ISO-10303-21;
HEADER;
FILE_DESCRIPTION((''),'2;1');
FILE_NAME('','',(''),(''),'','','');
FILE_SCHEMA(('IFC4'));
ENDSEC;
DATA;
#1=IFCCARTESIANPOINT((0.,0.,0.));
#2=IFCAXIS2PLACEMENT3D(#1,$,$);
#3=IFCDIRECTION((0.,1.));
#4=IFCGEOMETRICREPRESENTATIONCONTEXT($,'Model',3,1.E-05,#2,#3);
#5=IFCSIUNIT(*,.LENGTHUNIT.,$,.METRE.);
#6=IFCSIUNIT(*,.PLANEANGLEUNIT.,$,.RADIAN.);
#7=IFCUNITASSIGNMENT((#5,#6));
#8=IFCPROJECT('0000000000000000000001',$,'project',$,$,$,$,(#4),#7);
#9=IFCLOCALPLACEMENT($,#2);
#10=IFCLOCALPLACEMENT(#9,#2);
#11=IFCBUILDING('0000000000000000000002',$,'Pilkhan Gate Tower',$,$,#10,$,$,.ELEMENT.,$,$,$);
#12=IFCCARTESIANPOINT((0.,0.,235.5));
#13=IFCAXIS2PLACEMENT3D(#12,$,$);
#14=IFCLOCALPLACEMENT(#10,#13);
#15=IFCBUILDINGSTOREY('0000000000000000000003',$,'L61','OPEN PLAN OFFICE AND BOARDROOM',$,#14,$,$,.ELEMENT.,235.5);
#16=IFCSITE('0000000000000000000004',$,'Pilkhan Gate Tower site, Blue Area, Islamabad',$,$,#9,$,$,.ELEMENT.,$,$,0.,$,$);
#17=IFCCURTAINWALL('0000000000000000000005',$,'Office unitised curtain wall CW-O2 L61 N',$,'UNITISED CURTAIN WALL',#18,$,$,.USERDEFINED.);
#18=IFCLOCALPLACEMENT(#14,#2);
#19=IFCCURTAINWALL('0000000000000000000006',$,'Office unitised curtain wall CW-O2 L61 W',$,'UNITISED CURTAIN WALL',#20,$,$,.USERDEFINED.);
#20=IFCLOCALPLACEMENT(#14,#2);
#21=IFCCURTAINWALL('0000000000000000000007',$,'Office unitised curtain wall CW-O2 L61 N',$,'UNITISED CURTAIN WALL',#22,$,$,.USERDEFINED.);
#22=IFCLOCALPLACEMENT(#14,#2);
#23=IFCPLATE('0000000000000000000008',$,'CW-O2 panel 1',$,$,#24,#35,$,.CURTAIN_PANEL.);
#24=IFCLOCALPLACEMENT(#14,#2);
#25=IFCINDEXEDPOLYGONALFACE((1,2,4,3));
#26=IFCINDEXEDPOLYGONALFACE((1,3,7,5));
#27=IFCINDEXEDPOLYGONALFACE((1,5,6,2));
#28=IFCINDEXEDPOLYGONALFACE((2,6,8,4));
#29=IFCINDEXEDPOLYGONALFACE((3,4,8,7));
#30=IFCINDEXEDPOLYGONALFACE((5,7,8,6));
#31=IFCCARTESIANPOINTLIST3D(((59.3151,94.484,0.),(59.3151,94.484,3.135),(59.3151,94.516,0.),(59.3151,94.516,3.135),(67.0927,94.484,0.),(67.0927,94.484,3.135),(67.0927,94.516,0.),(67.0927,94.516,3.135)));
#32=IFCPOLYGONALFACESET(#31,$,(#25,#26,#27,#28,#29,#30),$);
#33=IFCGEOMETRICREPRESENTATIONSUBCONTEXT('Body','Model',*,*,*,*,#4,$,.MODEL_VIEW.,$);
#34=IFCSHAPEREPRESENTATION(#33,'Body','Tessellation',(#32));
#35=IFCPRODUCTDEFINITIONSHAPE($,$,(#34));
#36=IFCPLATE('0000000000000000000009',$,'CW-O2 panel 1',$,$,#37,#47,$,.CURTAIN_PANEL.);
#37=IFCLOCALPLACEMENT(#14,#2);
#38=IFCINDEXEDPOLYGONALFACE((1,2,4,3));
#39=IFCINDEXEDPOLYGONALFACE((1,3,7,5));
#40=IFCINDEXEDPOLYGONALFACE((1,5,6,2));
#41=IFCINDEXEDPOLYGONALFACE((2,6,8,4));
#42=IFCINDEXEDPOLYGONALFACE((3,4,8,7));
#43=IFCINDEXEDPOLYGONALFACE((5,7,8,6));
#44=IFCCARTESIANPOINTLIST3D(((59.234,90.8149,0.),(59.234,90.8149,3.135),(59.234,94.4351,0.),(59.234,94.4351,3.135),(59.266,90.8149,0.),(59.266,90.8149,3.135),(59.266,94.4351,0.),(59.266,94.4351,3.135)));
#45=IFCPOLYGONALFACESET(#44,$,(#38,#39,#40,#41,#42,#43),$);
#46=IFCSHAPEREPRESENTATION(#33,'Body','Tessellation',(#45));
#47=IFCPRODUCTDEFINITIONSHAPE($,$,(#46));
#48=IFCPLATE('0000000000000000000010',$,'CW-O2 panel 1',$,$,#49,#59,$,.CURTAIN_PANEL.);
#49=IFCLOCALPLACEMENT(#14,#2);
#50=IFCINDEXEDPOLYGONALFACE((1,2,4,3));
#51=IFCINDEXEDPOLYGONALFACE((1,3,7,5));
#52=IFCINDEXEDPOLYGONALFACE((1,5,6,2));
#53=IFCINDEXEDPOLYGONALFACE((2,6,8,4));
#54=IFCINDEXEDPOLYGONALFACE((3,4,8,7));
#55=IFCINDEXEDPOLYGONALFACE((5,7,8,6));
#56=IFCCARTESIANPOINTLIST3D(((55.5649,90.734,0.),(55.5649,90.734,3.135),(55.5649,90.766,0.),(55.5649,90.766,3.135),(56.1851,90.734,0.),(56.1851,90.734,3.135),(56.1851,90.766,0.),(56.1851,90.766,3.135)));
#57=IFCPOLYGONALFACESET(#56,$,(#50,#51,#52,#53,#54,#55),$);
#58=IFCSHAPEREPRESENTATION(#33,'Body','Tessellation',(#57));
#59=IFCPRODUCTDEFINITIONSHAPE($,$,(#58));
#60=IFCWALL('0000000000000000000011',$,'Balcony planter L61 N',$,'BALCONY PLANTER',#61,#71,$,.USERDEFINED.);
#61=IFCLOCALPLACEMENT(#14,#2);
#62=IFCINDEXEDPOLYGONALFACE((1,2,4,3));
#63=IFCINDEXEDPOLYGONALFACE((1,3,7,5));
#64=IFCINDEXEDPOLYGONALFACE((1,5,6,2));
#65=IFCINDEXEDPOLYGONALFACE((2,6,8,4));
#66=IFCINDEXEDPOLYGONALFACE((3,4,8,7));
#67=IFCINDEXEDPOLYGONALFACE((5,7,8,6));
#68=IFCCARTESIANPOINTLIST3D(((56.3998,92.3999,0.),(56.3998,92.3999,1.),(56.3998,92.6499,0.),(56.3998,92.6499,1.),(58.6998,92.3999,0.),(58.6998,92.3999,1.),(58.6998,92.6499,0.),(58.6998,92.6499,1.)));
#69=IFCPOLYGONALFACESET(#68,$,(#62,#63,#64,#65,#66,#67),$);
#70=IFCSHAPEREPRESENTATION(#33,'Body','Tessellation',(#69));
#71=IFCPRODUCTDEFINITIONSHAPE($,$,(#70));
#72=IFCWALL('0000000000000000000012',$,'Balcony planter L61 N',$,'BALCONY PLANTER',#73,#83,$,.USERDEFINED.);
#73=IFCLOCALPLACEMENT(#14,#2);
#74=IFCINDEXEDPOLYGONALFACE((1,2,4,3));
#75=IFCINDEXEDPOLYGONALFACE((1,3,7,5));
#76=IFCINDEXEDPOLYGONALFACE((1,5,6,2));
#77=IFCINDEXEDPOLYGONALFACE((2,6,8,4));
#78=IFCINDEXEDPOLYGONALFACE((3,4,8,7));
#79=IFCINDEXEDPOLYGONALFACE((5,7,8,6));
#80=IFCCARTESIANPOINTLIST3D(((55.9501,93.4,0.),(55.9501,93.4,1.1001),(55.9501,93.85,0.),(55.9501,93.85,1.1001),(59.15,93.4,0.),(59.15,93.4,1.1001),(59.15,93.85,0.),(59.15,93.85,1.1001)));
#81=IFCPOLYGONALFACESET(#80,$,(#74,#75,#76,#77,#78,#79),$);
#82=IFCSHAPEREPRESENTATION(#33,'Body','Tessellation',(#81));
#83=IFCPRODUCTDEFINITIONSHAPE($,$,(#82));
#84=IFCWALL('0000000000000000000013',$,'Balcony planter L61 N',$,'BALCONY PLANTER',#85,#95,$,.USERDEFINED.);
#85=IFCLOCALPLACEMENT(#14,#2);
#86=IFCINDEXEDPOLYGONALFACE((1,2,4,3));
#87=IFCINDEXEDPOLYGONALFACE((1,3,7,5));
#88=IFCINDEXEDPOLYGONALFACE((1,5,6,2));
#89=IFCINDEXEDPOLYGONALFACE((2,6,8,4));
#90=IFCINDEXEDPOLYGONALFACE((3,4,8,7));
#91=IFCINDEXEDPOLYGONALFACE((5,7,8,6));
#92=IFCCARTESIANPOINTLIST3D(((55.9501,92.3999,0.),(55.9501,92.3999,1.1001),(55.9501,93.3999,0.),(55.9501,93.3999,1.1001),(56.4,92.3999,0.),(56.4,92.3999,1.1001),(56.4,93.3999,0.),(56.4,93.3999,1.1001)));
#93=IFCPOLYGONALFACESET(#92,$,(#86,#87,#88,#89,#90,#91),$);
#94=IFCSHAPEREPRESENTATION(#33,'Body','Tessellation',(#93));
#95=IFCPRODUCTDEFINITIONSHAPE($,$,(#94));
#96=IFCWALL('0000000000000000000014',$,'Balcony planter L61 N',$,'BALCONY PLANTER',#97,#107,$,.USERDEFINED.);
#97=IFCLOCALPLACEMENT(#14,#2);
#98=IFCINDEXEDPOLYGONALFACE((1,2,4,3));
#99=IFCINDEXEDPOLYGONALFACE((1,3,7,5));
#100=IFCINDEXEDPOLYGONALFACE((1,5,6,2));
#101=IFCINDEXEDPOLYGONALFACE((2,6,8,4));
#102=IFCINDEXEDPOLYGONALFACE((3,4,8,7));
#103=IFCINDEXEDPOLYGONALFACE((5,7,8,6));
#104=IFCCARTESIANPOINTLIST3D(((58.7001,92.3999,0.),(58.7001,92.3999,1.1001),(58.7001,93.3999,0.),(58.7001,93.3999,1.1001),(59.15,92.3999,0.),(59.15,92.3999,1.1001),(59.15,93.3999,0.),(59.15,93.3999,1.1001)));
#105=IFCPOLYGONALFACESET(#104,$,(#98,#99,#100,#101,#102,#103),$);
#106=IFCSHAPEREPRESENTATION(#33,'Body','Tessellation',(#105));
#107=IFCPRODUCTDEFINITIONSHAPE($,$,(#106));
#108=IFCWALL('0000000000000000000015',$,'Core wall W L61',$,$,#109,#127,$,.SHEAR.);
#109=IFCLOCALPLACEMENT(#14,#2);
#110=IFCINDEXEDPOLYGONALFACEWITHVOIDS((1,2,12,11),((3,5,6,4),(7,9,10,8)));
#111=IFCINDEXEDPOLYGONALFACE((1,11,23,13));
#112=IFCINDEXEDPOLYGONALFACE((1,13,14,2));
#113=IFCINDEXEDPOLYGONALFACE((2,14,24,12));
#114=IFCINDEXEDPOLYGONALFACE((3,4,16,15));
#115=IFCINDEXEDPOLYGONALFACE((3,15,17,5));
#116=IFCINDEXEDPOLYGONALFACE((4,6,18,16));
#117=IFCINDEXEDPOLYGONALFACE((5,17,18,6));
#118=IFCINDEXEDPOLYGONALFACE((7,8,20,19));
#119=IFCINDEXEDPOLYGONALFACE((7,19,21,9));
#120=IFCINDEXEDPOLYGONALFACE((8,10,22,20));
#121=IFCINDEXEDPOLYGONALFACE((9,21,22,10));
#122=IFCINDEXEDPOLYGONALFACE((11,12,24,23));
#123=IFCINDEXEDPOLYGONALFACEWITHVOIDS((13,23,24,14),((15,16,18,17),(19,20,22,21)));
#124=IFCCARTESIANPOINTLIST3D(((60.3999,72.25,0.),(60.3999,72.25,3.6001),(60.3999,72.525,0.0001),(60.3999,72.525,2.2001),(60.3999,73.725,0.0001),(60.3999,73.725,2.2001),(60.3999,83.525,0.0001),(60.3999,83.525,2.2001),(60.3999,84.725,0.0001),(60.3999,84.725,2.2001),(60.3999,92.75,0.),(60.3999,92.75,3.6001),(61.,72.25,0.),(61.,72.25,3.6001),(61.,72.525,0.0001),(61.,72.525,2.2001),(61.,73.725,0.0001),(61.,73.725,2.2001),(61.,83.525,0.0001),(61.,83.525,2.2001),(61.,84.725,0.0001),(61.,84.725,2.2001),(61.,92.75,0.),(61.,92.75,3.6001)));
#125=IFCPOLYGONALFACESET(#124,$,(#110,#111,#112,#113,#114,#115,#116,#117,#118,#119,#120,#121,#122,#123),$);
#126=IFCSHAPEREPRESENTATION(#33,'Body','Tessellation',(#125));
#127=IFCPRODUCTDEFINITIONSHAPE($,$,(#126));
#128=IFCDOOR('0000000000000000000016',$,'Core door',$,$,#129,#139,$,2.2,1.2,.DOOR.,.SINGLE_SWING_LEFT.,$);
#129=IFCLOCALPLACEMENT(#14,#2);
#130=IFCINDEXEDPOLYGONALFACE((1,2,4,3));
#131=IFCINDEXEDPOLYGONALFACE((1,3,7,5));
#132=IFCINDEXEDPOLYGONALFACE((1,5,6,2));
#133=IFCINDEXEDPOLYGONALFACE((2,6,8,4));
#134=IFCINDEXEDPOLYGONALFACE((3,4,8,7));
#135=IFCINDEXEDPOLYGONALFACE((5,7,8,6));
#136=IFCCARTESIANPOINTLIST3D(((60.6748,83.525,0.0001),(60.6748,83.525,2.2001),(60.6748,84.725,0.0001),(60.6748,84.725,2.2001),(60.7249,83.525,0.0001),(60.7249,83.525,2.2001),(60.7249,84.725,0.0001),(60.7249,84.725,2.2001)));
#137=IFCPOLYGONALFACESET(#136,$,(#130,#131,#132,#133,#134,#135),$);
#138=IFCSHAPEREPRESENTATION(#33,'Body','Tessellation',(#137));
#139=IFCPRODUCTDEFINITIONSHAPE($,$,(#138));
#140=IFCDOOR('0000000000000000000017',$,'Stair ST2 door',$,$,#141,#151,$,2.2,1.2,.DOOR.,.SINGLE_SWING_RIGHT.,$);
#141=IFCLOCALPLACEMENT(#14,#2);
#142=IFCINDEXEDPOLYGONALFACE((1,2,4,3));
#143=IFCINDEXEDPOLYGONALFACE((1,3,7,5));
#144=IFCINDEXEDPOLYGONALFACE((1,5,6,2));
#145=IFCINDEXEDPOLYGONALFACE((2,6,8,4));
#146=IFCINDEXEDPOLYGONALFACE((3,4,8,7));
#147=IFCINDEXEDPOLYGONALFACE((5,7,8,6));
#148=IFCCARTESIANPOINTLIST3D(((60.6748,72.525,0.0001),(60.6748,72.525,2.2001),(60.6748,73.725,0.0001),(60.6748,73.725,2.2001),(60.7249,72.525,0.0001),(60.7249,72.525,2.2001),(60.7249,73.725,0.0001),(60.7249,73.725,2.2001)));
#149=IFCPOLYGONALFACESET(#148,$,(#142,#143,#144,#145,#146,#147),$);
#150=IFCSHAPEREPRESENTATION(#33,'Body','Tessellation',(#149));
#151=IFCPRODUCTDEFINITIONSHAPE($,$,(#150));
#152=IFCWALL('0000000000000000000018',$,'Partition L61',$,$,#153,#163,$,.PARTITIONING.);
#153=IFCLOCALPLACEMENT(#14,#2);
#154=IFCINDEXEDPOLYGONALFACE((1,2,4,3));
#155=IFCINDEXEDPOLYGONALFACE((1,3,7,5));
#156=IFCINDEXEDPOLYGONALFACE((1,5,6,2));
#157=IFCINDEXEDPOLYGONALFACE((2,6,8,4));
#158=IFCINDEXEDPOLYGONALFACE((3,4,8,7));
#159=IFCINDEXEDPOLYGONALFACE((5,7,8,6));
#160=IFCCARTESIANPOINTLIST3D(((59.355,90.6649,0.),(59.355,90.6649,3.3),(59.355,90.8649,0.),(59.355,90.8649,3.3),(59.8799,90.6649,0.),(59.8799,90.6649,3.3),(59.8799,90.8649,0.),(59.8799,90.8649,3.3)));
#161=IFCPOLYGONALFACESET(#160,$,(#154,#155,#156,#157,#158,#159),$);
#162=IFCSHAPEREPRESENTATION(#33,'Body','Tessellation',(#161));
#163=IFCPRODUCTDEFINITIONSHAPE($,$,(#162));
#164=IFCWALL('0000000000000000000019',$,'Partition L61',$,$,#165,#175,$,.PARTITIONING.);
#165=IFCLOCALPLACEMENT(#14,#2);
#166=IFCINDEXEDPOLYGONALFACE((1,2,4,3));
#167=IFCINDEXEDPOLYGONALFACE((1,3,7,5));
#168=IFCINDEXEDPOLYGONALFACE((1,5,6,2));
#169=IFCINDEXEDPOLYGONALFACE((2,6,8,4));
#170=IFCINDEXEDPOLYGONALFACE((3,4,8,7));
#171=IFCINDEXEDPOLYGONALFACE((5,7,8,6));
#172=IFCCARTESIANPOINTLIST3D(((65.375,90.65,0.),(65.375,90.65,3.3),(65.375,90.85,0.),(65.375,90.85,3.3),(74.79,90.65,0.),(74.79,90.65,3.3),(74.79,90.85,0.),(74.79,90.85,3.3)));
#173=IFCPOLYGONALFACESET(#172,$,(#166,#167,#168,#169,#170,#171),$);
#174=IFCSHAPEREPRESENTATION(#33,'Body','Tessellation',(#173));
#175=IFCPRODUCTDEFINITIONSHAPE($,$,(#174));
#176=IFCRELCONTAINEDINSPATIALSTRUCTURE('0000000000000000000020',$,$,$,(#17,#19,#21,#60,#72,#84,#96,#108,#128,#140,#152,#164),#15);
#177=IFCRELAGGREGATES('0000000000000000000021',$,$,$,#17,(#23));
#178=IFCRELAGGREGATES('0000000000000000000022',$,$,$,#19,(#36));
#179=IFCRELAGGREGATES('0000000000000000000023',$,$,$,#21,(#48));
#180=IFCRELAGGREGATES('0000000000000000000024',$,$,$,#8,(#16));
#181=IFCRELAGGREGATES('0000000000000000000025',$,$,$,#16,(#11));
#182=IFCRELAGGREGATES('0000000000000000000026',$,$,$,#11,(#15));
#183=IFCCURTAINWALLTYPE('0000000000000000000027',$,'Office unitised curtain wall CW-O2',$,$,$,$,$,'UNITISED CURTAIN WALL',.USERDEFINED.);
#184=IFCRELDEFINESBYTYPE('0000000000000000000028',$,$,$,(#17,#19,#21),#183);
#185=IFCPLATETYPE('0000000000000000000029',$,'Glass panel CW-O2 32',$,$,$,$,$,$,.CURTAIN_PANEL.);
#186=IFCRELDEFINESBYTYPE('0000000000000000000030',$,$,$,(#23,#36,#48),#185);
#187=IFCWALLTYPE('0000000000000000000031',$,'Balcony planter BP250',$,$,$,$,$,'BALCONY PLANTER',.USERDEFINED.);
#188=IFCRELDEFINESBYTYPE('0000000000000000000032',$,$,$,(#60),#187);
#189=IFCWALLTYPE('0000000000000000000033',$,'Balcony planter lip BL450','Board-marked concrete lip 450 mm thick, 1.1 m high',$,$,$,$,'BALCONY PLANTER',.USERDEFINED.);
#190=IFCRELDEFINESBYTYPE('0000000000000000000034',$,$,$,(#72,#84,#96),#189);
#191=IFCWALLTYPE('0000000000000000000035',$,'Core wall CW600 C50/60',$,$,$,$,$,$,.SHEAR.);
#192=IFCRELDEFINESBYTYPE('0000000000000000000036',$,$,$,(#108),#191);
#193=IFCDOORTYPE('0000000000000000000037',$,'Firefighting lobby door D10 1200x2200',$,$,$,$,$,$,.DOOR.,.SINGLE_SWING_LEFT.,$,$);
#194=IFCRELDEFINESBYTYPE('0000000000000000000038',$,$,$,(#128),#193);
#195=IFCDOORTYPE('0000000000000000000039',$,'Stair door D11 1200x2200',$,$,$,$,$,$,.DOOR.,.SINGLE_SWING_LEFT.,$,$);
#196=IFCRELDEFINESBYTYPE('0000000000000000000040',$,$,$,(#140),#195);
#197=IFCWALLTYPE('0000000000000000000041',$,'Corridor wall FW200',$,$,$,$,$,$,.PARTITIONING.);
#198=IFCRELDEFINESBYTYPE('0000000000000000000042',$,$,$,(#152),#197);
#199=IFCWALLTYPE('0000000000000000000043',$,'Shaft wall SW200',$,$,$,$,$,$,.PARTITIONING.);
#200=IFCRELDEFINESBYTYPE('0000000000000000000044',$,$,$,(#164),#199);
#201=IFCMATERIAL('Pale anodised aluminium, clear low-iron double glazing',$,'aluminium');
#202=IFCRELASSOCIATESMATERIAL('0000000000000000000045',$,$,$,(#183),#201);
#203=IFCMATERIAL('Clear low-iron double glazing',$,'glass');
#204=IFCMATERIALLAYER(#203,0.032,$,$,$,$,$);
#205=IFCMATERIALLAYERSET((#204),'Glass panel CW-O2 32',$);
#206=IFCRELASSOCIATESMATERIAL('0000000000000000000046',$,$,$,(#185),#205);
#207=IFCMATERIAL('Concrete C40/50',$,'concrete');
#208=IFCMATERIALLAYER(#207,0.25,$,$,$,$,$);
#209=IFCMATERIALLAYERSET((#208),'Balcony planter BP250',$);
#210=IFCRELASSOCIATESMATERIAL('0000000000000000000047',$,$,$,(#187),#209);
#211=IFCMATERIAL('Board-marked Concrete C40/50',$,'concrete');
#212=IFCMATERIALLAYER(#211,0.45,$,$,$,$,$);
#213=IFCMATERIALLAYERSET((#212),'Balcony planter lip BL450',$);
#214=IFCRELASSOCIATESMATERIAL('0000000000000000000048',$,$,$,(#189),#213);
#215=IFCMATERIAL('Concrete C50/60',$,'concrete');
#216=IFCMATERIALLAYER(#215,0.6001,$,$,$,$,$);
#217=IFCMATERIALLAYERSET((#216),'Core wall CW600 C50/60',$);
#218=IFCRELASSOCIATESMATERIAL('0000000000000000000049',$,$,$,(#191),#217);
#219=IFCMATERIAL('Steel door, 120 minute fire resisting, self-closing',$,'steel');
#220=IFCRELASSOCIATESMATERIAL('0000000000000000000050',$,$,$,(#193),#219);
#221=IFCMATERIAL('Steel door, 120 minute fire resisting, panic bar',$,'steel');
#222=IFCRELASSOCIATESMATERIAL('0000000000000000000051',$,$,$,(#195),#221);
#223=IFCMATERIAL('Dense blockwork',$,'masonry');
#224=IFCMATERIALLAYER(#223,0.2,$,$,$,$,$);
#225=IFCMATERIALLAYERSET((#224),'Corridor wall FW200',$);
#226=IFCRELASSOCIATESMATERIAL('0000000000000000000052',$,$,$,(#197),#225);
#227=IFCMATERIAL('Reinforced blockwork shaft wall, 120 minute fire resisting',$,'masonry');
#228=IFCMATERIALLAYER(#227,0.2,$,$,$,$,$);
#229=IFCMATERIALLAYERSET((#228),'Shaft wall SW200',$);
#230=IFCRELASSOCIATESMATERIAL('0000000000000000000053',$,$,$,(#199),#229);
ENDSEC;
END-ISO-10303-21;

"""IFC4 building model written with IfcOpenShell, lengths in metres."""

from ifc_helpers import new_model, si_unit, direction, frame, frame_2d, origin, origin_2d, place, context, subcontext, project, spatial, rectangle, extrude, material, layer, layer_set, type_object, element, fill, aggregate, save


model = new_model("IFC4")

# Units and contexts
model_context = context("Model", 3, precision=1e-05, world=origin(), true_north=direction((0.0, 1.0)))
body_context = subcontext(model_context, "Body", "Model", "MODEL_VIEW")
ifc_project = project(units=[si_unit("LENGTHUNIT", "METRE"), si_unit("PLANEANGLEUNIT", "RADIAN")], contexts=[model_context])

# Site, building, storey
site_placement = place(None, origin())
site = spatial("IfcSite", under=ifc_project, at=site_placement, Name="Pilkhan Gate Tower site, Blue Area, Islamabad", CompositionType="ELEMENT", RefElevation=0.0)
building_placement = place(site_placement, origin())
building = spatial("IfcBuilding", under=site, at=building_placement, Name="Pilkhan Gate Tower", CompositionType="ELEMENT")
storey_placement = place(building_placement, frame((0.0, 0.0, 235.5)))
storey = spatial("IfcBuildingStorey", under=building, at=storey_placement, Name="L61", Description="OPEN PLAN OFFICE AND BOARDROOM", CompositionType="ELEMENT", Elevation=235.5)

# Shared definitions
ifc_material_1 = material(Name="Concrete C50/60", Category="concrete")

# Curtain walls
ifc_material_2 = material(Name="Pale anodised aluminium, clear low-iron double glazing", Category="aluminium")
curtain_wall_type = type_object("IfcCurtainWallType", Name="Office unitised curtain wall CW-O2", ElementType="UNITISED CURTAIN WALL", PredefinedType="USERDEFINED", material=ifc_material_2)
curtain_wall_1_placement = place(storey_placement, origin())
curtain_wall_1 = element("IfcCurtainWall", 1, at=curtain_wall_1_placement, inside=storey, type_object=curtain_wall_type, Name="Office unitised curtain wall CW-O2 L61 N", ObjectType="UNITISED CURTAIN WALL", PredefinedType="USERDEFINED")
curtain_wall_2_placement = place(storey_placement, origin())
curtain_wall_2 = element("IfcCurtainWall", 2, at=curtain_wall_2_placement, inside=storey, type_object=curtain_wall_type, Name="Office unitised curtain wall CW-O2 L61 W", ObjectType="UNITISED CURTAIN WALL", PredefinedType="USERDEFINED")
curtain_wall_3_placement = place(storey_placement, origin())
curtain_wall_3 = element("IfcCurtainWall", 3, at=curtain_wall_3_placement, inside=storey, type_object=curtain_wall_type, Name="Office unitised curtain wall CW-O2 L61 N", ObjectType="UNITISED CURTAIN WALL", PredefinedType="USERDEFINED")

# Plates
ifc_material_3 = material(Name="Clear low-iron double glazing", Category="glass")
ifc_layer_1 = layer(ifc_material_3, 0.032)
ifc_layer_set_1 = layer_set([ifc_layer_1], Name="Glass panel CW-O2 32")
plate_type = type_object("IfcPlateType", Name="Glass panel CW-O2 32", PredefinedType="CURTAIN_PANEL", material=ifc_layer_set_1)
plate_1_placement = place(storey_placement, frame((63.2039, 94.5, 0.0), z_axis=(0.0, 0.0, 1.0), x_axis=(1.0, 0.0, 0.0)))
plate_1 = element("IfcPlate", 4, at=plate_1_placement, type_object=plate_type, Name="CW-O2 panel 1", PredefinedType="CURTAIN_PANEL", context=body_context, shape_type="SweptSolid", body=[
    extrude(rectangle(XDim=7.7776, YDim=0.032, at=origin_2d()), origin(), (0.0, 0.0, 1.0), 3.135),
])
aggregate(curtain_wall_1, [plate_1])
plate_2_placement = place(storey_placement, frame((59.25, 92.625, 0.0), z_axis=(0.0, 0.0, 1.0), x_axis=(0.0, 1.0, 0.0)))
plate_2 = element("IfcPlate", 5, at=plate_2_placement, type_object=plate_type, Name="CW-O2 panel 1", PredefinedType="CURTAIN_PANEL", context=body_context, shape_type="SweptSolid", body=[
    extrude(rectangle(XDim=3.6201, YDim=0.032, at=origin_2d()), origin(), (0.0, 0.0, 1.0), 3.135),
])
aggregate(curtain_wall_2, [plate_2])
plate_3_placement = place(storey_placement, frame((55.875, 90.75, 0.0), z_axis=(0.0, 0.0, 1.0), x_axis=(1.0, 0.0, 0.0)))
plate_3 = element("IfcPlate", 6, at=plate_3_placement, type_object=plate_type, Name="CW-O2 panel 1", PredefinedType="CURTAIN_PANEL", context=body_context, shape_type="SweptSolid", body=[
    extrude(rectangle(XDim=0.6201, YDim=0.032, at=origin_2d()), origin(), (0.0, 0.0, 1.0), 3.135),
])
aggregate(curtain_wall_3, [plate_3])

# Walls
ifc_material_4 = material(Name="Concrete C40/50", Category="concrete")
ifc_layer_2 = layer(ifc_material_4, 0.25)
ifc_layer_set_2 = layer_set([ifc_layer_2], Name="Balcony planter BP250")
wall_type_1 = type_object("IfcWallType", Name="Balcony planter BP250", ElementType="BALCONY PLANTER", PredefinedType="USERDEFINED", material=ifc_layer_set_2)
wall_1_placement = place(storey_placement, frame((56.3999, 92.5249, 0.0), z_axis=(0.0, 0.0, 1.0), x_axis=(1.0, 0.0, 0.0)))
element("IfcWall", 7, at=wall_1_placement, inside=storey, type_object=wall_type_1, Name="Balcony planter L61 N", ObjectType="BALCONY PLANTER", PredefinedType="USERDEFINED", context=body_context, shape_type="SweptSolid", body=[
    extrude(rectangle(XDim=2.3, YDim=0.25, at=frame_2d((1.1499, 0.0))), origin(), (0.0, 0.0, 1.0), 1.0),
])
ifc_material_5 = material(Name="Board-marked Concrete C40/50", Category="concrete")
ifc_layer_3 = layer(ifc_material_5, 0.45)
ifc_layer_set_3 = layer_set([ifc_layer_3], Name="Balcony planter lip BL450")
wall_type_2 = type_object("IfcWallType", Name="Balcony planter lip BL450", Description="Board-marked concrete lip 450 mm thick, 1.1 m high", ElementType="BALCONY PLANTER", PredefinedType="USERDEFINED", material=ifc_layer_set_3)
wall_2_placement = place(storey_placement, frame((55.95, 93.625, 0.0), z_axis=(0.0, 0.0, 1.0), x_axis=(1.0, 0.0, 0.0)))
element("IfcWall", 8, at=wall_2_placement, inside=storey, type_object=wall_type_2, Name="Balcony planter L61 N", ObjectType="BALCONY PLANTER", PredefinedType="USERDEFINED", context=body_context, shape_type="SweptSolid", body=[
    extrude(rectangle(XDim=3.2, YDim=0.45, at=frame_2d((1.6001, 0.0))), origin(), (0.0, 0.0, 1.0), 1.1001),
])
for number, where, z_axis, x_axis, name in (
    (9, (56.175, 92.3999, 0.0), (0.0, 0.0, 1.0), (0.0, 1.0, 0.0), "Balcony planter L61 N"),
    (10, (58.925, 92.3999, 0.0), (0.0, 0.0, 1.0), (0.0, 1.0, 0.0), "Balcony planter L61 N"),
):
    element("IfcWall", number, at=place(storey_placement, frame(where, z_axis=z_axis, x_axis=x_axis)), inside=storey, type_object=wall_type_2, Name=name, ObjectType="BALCONY PLANTER", PredefinedType="USERDEFINED", context=body_context, shape_type="SweptSolid", body=[
        extrude(rectangle(XDim=1.0, YDim=0.45, at=frame_2d((0.5, 0.0))), origin(), (0.0, 0.0, 1.0), 1.1001),
    ])

# Wall, openings, doors
ifc_layer_4 = layer(ifc_material_1, 0.6001)
ifc_layer_set_4 = layer_set([ifc_layer_4], Name="Core wall CW600 C50/60")
wall_type_3 = type_object("IfcWallType", Name="Core wall CW600 C50/60", PredefinedType="SHEAR", material=ifc_layer_set_4)
wall_3_placement = place(storey_placement, frame((60.7, 92.75, 0.0), z_axis=(0.0, 0.0, 1.0), x_axis=(0.0, -1.0, 0.0)))
wall_3 = element("IfcWall", 11, at=wall_3_placement, inside=storey, type_object=wall_type_3, Name="Core wall W L61", PredefinedType="SHEAR", context=body_context, shape_type="SweptSolid", body=[
    extrude(rectangle(XDim=20.5, YDim=0.6001, at=frame_2d((10.25, 0.0))), origin(), (0.0, 0.0, 1.0), 3.6001),
])
opening_1_placement = place(wall_3_placement, frame((19.0249, 0.0, 0.0)))
opening_1 = element("IfcOpeningElement", 12, at=opening_1_placement, cuts=wall_3, PredefinedType="OPENING", context=body_context, shape_type="SweptSolid", body=[
    extrude(rectangle(XDim=1.2, YDim=2.2, at=frame_2d((0.6001, 1.1001))), frame((0.0, 0.3101, 0.0), z_axis=(0.0, -1.0, 0.0), x_axis=(1.0, 0.0, 0.0)), (0.0, 0.0, 1.0), 0.6201),
])
opening_2_placement = place(wall_3_placement, frame((8.0249, 0.0, 0.0)))
opening_2 = element("IfcOpeningElement", 13, at=opening_2_placement, cuts=wall_3, PredefinedType="OPENING", context=body_context, shape_type="SweptSolid", body=[
    extrude(rectangle(XDim=1.2, YDim=2.2, at=frame_2d((0.6001, 1.1001))), frame((0.0, 0.3101, 0.0), z_axis=(0.0, -1.0, 0.0), x_axis=(1.0, 0.0, 0.0)), (0.0, 0.0, 1.0), 0.6201),
])
ifc_material_6 = material(Name="Steel door, 120 minute fire resisting, self-closing", Category="steel")
door_type_1 = type_object("IfcDoorType", Name="Firefighting lobby door D10 1200x2200", OperationType="SINGLE_SWING_LEFT", PredefinedType="DOOR", material=ifc_material_6)
door_1_placement = place(opening_2_placement, origin())
door_1 = element("IfcDoor", 14, at=door_1_placement, inside=storey, type_object=door_type_1, Name="Core door", OperationType="SINGLE_SWING_LEFT", OverallHeight=2.2, OverallWidth=1.2, PredefinedType="DOOR", context=body_context, shape_type="SweptSolid", body=[
    extrude(rectangle(XDim=1.2, YDim=2.2, at=frame_2d((0.6001, 1.1001))), frame((0.0, 0.0249, 0.0), z_axis=(0.0, -1.0, 0.0), x_axis=(1.0, 0.0, 0.0)), (0.0, 0.0, 1.0), 0.05),
])
fill(opening_2, door_1)
ifc_material_7 = material(Name="Steel door, 120 minute fire resisting, panic bar", Category="steel")
door_type_2 = type_object("IfcDoorType", Name="Stair door D11 1200x2200", OperationType="SINGLE_SWING_LEFT", PredefinedType="DOOR", material=ifc_material_7)
door_2_placement = place(opening_1_placement, origin())
door_2 = element("IfcDoor", 15, at=door_2_placement, inside=storey, type_object=door_type_2, Name="Stair ST2 door", OperationType="SINGLE_SWING_RIGHT", OverallHeight=2.2, OverallWidth=1.2, PredefinedType="DOOR", context=body_context, shape_type="SweptSolid", body=[
    extrude(rectangle(XDim=1.2, YDim=2.2, at=frame_2d((0.6001, 1.1001))), frame((0.0, 0.0249, 0.0), z_axis=(0.0, -1.0, 0.0), x_axis=(1.0, 0.0, 0.0)), (0.0, 0.0, 1.0), 0.05),
])
fill(opening_1, door_2)

# Wall
ifc_material_8 = material(Name="Dense blockwork", Category="masonry")
ifc_layer_5 = layer(ifc_material_8, 0.2)
ifc_layer_set_5 = layer_set([ifc_layer_5], Name="Corridor wall FW200")
wall_type_4 = type_object("IfcWallType", Name="Corridor wall FW200", PredefinedType="PARTITIONING", material=ifc_layer_set_5)
wall_4_placement = place(storey_placement, frame((59.355, 90.7649, 0.0), z_axis=(0.0, 0.0, 1.0), x_axis=(1.0, 0.0, 0.0)))
element("IfcWall", 16, at=wall_4_placement, inside=storey, type_object=wall_type_4, Name="Partition L61", PredefinedType="PARTITIONING", context=body_context, shape_type="SweptSolid", body=[
    extrude(rectangle(XDim=0.5249, YDim=0.2, at=frame_2d((0.2625, 0.0))), origin(), (0.0, 0.0, 1.0), 3.3),
])

# Wall
ifc_material_9 = material(Name="Reinforced blockwork shaft wall, 120 minute fire resisting", Category="masonry")
ifc_layer_6 = layer(ifc_material_9, 0.2)
ifc_layer_set_6 = layer_set([ifc_layer_6], Name="Shaft wall SW200")
wall_type_5 = type_object("IfcWallType", Name="Shaft wall SW200", PredefinedType="PARTITIONING", material=ifc_layer_set_6)
wall_5_placement = place(storey_placement, frame((65.375, 90.75, 0.0), z_axis=(0.0, 0.0, 1.0), x_axis=(1.0, 0.0, 0.0)))
element("IfcWall", 17, at=wall_5_placement, inside=storey, type_object=wall_type_5, Name="Partition L61", PredefinedType="PARTITIONING", context=body_context, shape_type="SweptSolid", body=[
    extrude(rectangle(XDim=9.415, YDim=0.2, at=frame_2d((4.7075, 0.0))), origin(), (0.0, 0.0, 1.0), 3.3),
])

save(model, "model.ifc")
